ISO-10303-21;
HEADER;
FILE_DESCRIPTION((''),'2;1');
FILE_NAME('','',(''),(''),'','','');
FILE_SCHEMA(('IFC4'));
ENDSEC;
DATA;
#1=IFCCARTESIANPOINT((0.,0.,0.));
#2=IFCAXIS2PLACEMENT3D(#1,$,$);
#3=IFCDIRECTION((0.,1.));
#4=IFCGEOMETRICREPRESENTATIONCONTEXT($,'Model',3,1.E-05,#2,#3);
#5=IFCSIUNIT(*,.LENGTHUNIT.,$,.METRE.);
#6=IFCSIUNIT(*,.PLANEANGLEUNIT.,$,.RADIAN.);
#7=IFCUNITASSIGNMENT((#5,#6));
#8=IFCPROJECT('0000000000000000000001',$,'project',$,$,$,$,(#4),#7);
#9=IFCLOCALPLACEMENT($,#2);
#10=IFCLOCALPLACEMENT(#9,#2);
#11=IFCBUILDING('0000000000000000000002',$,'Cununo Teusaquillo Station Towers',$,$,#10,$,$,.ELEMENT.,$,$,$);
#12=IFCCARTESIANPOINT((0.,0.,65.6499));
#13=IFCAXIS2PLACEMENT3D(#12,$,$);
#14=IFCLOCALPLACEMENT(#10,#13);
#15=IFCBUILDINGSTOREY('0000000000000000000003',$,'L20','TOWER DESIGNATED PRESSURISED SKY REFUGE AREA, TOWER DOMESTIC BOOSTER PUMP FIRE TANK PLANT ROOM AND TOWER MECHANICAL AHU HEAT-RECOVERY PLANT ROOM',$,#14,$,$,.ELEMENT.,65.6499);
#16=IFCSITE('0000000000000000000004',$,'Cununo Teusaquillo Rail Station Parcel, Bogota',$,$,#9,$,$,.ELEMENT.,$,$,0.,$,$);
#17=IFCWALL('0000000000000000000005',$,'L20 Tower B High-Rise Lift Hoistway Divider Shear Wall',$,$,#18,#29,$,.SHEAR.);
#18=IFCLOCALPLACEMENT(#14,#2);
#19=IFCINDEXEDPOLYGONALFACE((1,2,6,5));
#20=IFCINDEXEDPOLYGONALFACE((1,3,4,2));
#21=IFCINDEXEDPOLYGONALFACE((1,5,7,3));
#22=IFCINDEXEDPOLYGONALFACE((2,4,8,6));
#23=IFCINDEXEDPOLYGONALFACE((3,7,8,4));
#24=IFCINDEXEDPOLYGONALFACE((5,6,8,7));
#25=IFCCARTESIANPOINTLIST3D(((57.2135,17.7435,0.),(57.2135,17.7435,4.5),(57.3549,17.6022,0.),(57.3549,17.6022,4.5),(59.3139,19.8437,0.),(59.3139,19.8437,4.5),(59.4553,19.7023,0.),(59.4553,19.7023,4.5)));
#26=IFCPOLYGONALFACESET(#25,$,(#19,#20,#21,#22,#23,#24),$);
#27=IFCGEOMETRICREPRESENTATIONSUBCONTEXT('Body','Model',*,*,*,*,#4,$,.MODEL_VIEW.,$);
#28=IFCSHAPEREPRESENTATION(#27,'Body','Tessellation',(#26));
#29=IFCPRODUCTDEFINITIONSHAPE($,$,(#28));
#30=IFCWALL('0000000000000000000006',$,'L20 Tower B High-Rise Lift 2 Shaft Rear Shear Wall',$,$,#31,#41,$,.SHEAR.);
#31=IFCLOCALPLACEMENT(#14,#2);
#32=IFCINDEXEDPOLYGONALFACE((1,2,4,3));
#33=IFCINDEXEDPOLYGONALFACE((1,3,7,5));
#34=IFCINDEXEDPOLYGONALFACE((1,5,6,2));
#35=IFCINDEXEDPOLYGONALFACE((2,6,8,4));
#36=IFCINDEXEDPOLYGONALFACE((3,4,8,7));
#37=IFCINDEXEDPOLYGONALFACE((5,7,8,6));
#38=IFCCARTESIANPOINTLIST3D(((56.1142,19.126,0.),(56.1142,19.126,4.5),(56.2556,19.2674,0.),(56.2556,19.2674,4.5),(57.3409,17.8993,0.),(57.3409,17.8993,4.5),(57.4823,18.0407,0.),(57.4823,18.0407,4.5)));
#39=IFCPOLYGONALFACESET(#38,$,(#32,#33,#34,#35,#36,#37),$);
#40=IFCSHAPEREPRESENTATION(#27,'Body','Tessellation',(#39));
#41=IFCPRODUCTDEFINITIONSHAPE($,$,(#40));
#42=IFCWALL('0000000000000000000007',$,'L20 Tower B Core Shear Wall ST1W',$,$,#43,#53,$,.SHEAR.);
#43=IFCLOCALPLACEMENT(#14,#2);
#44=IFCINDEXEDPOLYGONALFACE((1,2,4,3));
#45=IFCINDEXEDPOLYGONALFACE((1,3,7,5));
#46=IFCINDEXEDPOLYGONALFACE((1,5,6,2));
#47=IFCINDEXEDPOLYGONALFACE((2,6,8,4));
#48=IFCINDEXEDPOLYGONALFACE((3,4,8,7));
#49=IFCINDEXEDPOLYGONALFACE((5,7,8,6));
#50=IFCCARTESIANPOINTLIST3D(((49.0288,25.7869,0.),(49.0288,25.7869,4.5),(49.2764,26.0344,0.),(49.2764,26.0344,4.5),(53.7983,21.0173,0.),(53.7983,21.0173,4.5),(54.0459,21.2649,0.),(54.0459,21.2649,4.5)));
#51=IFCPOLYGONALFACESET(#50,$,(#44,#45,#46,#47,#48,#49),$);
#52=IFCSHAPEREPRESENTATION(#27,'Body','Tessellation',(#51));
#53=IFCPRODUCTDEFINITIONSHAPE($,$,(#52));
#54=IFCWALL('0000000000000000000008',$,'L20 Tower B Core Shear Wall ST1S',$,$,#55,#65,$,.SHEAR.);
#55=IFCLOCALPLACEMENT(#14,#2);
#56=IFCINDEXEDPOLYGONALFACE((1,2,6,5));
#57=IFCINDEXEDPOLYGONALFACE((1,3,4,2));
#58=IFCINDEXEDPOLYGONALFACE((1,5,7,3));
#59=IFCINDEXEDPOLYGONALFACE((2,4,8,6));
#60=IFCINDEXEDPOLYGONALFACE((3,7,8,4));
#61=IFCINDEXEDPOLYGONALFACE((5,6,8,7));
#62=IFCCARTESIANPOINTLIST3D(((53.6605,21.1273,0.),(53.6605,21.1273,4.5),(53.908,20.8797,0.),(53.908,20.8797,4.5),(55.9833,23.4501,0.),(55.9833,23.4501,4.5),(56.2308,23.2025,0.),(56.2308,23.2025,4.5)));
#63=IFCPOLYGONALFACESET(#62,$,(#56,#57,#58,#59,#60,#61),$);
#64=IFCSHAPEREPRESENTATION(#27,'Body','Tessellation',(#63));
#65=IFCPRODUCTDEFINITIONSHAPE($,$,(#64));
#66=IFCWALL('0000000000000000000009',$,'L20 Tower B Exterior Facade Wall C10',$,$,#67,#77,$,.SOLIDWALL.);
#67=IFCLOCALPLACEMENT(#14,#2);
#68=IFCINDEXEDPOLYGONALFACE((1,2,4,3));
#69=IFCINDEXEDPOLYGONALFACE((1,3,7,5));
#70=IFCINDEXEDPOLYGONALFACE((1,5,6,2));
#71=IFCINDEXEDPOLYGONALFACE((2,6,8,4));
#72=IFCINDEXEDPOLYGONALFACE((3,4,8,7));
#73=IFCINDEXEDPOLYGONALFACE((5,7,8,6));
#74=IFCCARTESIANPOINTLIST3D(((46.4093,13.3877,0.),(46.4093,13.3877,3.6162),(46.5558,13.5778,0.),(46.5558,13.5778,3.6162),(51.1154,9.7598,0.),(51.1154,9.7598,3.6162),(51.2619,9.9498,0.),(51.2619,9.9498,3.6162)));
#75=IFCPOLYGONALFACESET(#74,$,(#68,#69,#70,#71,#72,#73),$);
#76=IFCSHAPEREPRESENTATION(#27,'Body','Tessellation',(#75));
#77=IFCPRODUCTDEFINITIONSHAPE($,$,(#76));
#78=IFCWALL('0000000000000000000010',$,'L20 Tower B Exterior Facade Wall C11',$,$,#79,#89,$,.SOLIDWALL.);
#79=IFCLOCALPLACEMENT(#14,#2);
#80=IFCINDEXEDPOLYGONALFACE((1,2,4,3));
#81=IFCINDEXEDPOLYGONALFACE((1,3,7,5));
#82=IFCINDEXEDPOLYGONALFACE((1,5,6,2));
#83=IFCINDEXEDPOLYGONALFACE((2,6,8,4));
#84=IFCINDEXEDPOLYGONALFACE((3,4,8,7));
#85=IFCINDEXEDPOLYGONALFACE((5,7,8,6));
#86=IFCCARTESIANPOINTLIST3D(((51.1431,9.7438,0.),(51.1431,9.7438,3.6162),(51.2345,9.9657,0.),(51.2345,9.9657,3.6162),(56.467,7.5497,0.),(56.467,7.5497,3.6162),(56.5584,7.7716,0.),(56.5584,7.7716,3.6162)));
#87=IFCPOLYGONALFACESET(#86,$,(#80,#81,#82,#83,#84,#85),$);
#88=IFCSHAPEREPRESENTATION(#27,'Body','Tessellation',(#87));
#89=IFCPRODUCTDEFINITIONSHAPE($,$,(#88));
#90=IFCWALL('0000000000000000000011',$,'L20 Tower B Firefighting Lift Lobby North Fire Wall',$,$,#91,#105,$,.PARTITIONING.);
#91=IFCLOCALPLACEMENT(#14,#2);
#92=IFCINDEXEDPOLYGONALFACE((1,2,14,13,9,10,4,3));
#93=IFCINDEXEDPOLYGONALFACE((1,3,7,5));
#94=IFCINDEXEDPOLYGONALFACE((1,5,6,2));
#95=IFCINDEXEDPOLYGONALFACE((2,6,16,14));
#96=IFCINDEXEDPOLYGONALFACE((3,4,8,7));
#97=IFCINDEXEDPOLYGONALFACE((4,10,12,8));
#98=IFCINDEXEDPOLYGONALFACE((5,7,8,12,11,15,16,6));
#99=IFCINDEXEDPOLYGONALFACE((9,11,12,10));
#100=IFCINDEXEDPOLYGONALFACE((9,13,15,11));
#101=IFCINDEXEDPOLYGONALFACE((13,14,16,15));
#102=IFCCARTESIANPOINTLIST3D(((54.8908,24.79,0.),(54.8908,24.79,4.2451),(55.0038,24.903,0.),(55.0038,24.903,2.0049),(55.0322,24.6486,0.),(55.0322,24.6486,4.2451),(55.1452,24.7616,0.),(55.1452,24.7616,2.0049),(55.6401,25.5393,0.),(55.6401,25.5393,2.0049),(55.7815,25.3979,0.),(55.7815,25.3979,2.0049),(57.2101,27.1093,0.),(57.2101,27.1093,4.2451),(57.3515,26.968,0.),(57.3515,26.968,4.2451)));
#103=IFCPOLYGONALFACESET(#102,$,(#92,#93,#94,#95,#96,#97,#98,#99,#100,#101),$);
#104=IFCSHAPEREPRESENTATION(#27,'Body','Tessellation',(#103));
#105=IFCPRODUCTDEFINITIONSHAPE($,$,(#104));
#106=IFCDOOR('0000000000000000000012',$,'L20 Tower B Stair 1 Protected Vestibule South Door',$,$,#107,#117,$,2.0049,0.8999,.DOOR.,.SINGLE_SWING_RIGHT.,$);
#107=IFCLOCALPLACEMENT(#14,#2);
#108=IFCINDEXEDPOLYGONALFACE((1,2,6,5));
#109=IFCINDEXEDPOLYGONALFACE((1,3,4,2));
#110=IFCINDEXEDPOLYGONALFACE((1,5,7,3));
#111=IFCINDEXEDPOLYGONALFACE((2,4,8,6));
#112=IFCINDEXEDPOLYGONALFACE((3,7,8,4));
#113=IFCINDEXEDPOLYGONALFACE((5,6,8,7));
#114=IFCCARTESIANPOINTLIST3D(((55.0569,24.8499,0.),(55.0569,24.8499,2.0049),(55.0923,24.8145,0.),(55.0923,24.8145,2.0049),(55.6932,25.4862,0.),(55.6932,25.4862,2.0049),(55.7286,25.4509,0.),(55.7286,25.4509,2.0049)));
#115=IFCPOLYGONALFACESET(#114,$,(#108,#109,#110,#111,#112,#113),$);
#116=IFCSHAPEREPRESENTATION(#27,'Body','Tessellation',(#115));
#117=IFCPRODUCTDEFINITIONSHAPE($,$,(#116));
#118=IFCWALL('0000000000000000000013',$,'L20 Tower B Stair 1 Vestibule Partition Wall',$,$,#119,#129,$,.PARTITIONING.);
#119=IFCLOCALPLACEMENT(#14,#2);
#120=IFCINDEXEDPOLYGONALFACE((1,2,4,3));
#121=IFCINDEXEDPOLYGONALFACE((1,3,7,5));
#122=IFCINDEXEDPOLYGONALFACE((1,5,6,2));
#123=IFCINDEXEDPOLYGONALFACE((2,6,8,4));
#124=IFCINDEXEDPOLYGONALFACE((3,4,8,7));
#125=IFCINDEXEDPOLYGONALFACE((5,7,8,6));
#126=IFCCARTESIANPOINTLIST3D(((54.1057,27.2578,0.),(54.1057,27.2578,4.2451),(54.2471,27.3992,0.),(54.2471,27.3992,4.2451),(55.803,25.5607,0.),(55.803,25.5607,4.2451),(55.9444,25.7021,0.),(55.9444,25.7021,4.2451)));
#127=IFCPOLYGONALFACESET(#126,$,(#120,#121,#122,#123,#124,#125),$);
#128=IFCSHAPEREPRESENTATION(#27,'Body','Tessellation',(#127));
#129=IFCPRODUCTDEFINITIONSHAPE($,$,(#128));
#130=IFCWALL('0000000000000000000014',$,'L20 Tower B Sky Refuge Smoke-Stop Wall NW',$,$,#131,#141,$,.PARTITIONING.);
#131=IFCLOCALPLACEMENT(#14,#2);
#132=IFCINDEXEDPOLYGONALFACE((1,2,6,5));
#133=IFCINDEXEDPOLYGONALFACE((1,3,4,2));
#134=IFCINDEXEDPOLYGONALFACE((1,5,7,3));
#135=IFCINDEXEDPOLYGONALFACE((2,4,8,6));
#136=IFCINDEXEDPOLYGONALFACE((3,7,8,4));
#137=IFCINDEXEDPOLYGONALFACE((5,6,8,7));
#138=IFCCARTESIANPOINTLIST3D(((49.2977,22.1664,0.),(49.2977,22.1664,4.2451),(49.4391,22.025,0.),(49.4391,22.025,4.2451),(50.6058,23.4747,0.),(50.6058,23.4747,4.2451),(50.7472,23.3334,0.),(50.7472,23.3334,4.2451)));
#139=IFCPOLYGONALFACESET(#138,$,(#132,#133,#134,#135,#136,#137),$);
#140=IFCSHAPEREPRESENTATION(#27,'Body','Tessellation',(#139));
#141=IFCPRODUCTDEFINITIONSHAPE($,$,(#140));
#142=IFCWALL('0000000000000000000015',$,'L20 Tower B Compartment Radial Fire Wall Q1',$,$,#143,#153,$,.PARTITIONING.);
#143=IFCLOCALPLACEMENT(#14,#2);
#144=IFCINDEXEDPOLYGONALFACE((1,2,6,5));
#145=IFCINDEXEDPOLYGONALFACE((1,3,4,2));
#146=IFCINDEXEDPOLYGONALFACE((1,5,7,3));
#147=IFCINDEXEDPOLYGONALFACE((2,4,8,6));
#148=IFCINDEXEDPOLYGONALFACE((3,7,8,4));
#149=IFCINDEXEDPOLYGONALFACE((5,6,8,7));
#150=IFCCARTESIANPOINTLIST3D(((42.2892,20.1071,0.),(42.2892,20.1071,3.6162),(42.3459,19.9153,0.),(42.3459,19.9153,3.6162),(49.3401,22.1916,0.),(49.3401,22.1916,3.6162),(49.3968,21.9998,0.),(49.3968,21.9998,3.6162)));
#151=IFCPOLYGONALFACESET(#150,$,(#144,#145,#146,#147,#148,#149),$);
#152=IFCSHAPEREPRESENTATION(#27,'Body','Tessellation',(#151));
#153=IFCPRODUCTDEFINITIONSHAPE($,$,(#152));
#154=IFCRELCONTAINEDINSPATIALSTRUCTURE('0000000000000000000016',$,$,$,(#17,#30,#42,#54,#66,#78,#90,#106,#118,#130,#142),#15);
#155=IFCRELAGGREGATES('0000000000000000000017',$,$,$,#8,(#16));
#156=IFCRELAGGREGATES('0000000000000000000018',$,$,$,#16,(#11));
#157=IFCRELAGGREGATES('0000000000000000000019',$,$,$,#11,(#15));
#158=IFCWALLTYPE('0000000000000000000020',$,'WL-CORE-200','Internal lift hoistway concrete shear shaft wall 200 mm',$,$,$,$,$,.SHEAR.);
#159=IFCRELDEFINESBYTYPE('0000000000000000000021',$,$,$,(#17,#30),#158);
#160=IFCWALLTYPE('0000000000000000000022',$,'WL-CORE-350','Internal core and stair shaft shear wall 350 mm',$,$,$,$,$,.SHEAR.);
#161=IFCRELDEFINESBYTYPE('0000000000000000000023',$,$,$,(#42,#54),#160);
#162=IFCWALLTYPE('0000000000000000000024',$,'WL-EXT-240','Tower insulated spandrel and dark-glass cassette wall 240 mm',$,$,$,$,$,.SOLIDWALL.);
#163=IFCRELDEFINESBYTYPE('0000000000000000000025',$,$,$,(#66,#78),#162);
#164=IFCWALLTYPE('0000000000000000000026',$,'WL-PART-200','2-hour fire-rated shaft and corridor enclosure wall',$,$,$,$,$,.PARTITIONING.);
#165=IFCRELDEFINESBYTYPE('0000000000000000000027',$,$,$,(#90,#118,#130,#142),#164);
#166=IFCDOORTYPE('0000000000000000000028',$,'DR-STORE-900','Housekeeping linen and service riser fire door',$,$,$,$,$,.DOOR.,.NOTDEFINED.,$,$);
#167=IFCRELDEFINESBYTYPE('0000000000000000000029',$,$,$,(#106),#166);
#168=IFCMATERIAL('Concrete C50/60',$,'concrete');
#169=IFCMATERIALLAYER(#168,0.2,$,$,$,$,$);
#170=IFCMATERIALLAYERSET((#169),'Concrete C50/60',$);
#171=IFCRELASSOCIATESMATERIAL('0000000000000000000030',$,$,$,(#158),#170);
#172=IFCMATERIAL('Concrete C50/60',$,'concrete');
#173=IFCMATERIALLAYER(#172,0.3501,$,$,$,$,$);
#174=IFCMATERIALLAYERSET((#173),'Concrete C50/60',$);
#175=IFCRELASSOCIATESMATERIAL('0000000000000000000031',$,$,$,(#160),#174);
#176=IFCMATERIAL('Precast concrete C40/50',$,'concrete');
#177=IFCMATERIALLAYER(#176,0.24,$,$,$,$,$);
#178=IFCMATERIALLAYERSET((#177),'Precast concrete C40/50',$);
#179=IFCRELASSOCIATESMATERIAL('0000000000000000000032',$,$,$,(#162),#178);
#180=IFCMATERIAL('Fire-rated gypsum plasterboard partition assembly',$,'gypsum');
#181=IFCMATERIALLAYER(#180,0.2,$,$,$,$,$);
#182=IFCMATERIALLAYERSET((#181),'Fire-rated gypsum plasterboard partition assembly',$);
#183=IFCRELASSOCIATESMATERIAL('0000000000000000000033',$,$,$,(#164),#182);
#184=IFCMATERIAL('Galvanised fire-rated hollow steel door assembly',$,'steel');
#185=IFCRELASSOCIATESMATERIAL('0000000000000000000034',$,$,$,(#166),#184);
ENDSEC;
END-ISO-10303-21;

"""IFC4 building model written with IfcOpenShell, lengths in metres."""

from ifc_helpers import new_model, si_unit, direction, frame, frame_2d, origin, place, context, subcontext, project, spatial, rectangle, extrude, source, transform, mapped, material, layer, layer_set, type_object, element, fill, save


model = new_model("IFC4")

# Units and contexts
model_context = context("Model", 3, precision=1e-05, world=origin(), true_north=direction((0.0, 1.0)))
body_context = subcontext(model_context, "Body", "Model", "MODEL_VIEW")
ifc_project = project(units=[si_unit("LENGTHUNIT", "METRE"), si_unit("PLANEANGLEUNIT", "RADIAN")], contexts=[model_context])

# Site, building, storey
site_placement = place(None, origin())
site = spatial("IfcSite", under=ifc_project, at=site_placement, Name="Cununo Teusaquillo Rail Station Parcel, Bogota", CompositionType="ELEMENT", RefElevation=0.0)
building_placement = place(site_placement, origin())
building = spatial("IfcBuilding", under=site, at=building_placement, Name="Cununo Teusaquillo Station Towers", CompositionType="ELEMENT")
storey_placement = place(building_placement, frame((0.0, 0.0, 65.6499)))
storey = spatial("IfcBuildingStorey", under=building, at=storey_placement, Name="L20", Description="TOWER DESIGNATED PRESSURISED SKY REFUGE AREA, TOWER DOMESTIC BOOSTER PUMP FIRE TANK PLANT ROOM AND TOWER MECHANICAL AHU HEAT-RECOVERY PLANT ROOM", CompositionType="ELEMENT", Elevation=65.6499)

# Walls
ifc_material_1 = material(Name="Concrete C50/60", Category="concrete")
ifc_layer_1 = layer(ifc_material_1, 0.2)
ifc_layer_set_1 = layer_set([ifc_layer_1], Name="Concrete C50/60")
wall_type_1 = type_object("IfcWallType", Name="WL-CORE-200", Description="Internal lift hoistway concrete shear shaft wall 200 mm", PredefinedType="SHEAR", material=ifc_layer_set_1)
wall_1_placement = place(storey_placement, frame((57.2842, 17.6729, 0.0), z_axis=(0.0, 0.0, 1.0), x_axis=(0.707148, 0.707066, 0.0)))
element("IfcWall", 1, at=wall_1_placement, inside=storey, type_object=wall_type_1, Name="L20 Tower B High-Rise Lift Hoistway Divider Shear Wall", PredefinedType="SHEAR", context=body_context, shape_type="SweptSolid", body=[
    extrude(rectangle(XDim=2.9702, YDim=0.2, at=frame_2d((1.4851, 0.0))), origin(), (0.0, 0.0, 1.0), 4.5),
])
wall_2_placement = place(storey_placement, frame((57.4116, 17.97, 0.0), z_axis=(0.0, 0.0, 1.0), x_axis=(-0.707107, 0.707107, 0.0)))
element("IfcWall", 2, at=wall_2_placement, inside=storey, type_object=wall_type_1, Name="L20 Tower B High-Rise Lift 2 Shaft Rear Shear Wall", PredefinedType="SHEAR", context=body_context, shape_type="SweptSolid", body=[
    extrude(rectangle(XDim=1.7349, YDim=0.2, at=frame_2d((0.8674, 0.0))), origin(), (0.0, 0.0, 1.0), 4.5),
])
ifc_material_2 = material(Name="Concrete C50/60", Category="concrete")
ifc_layer_2 = layer(ifc_material_2, 0.3501)
ifc_layer_set_2 = layer_set([ifc_layer_2], Name="Concrete C50/60")
wall_type_2 = type_object("IfcWallType", Name="WL-CORE-350", Description="Internal core and stair shaft shear wall 350 mm", PredefinedType="SHEAR", material=ifc_layer_set_2)
wall_3_placement = place(storey_placement, frame((53.9221, 21.1411, 0.0), z_axis=(0.0, 0.0, 1.0), x_axis=(-0.707107, 0.707107, 0.0)))
element("IfcWall", 3, at=wall_3_placement, inside=storey, type_object=wall_type_2, Name="L20 Tower B Core Shear Wall ST1W", PredefinedType="SHEAR", context=body_context, shape_type="SweptSolid", body=[
    extrude(rectangle(XDim=6.7451, YDim=0.3501, at=frame_2d((3.3726, 0.0))), origin(), (0.0, 0.0, 1.0), 4.5),
])
wall_4_placement = place(storey_placement, frame((53.7842, 21.0034, 0.0), z_axis=(0.0, 0.0, 1.0), x_axis=(0.707107, 0.707107, 0.0)))
element("IfcWall", 4, at=wall_4_placement, inside=storey, type_object=wall_type_2, Name="L20 Tower B Core Shear Wall ST1S", PredefinedType="SHEAR", context=body_context, shape_type="SweptSolid", body=[
    extrude(rectangle(XDim=3.2849, YDim=0.3501, at=frame_2d((1.6426, 0.0))), origin(), (0.0, 0.0, 1.0), 4.5),
])
ifc_material_3 = material(Name="Precast concrete C40/50", Category="concrete")
ifc_layer_3 = layer(ifc_material_3, 0.24)
ifc_layer_set_3 = layer_set([ifc_layer_3], Name="Precast concrete C40/50")
wall_type_3 = type_object("IfcWallType", Name="WL-EXT-240", Description="Tower insulated spandrel and dark-glass cassette wall 240 mm", PredefinedType="SOLIDWALL", material=ifc_layer_set_3)
wall_5_placement = place(storey_placement, frame((51.1887, 9.8547, 0.0), z_axis=(0.0, 0.0, 1.0), x_axis=(-0.791982, 0.610544, 0.0)))
element("IfcWall", 5, at=wall_5_placement, inside=storey, type_object=wall_type_3, Name="L20 Tower B Exterior Facade Wall C10", PredefinedType="SOLIDWALL", context=body_context, shape_type="SweptSolid", body=[
    extrude(rectangle(XDim=5.9421, YDim=0.24, at=frame_2d((2.9712, 0.0))), origin(), (0.0, 0.0, 1.0), 3.6162),
])
wall_6_placement = place(storey_placement, frame((56.5127, 7.6606, 0.0), z_axis=(0.0, 0.0, 1.0), x_axis=(-0.924564, 0.381027, 0.0)))
element("IfcWall", 6, at=wall_6_placement, inside=storey, type_object=wall_type_3, Name="L20 Tower B Exterior Facade Wall C11", PredefinedType="SOLIDWALL", context=body_context, shape_type="SweptSolid", body=[
    extrude(rectangle(XDim=5.7583, YDim=0.24, at=frame_2d((2.8792, 0.0))), origin(), (0.0, 0.0, 1.0), 3.6162),
])

# Wall, opening, door
ifc_material_4 = material(Name="Fire-rated gypsum plasterboard partition assembly", Category="gypsum")
ifc_layer_4 = layer(ifc_material_4, 0.2)
ifc_layer_set_4 = layer_set([ifc_layer_4], Name="Fire-rated gypsum plasterboard partition assembly")
wall_type_4 = type_object("IfcWallType", Name="WL-PART-200", Description="2-hour fire-rated shaft and corridor enclosure wall", PredefinedType="PARTITIONING", material=ifc_layer_set_4)
wall_7_placement = place(storey_placement, frame((54.9614, 24.7192, 0.0), z_axis=(0.0, 0.0, 1.0), x_axis=(0.707107, 0.707107, 0.0)))
wall_7 = element("IfcWall", 7, at=wall_7_placement, inside=storey, type_object=wall_type_4, Name="L20 Tower B Firefighting Lift Lobby North Fire Wall", PredefinedType="PARTITIONING", context=body_context, shape_type="SweptSolid", body=[
    extrude(rectangle(XDim=3.28, YDim=0.2, at=frame_2d((1.6401, 0.0))), origin(), (0.0, 0.0, 1.0), 4.2451),
])
shared_shape_1 = source(origin(), body_context, "Body", "SweptSolid", [
    extrude(rectangle(XDim=0.8999, YDim=2.0049, at=frame_2d((0.45, 1.0024))), frame((0.0, 0.1099, 0.0), z_axis=(0.0, -1.0, 0.0), x_axis=(1.0, 0.0, 0.0)), (0.0, 0.0, 1.0), 0.22),
])
opening_placement = place(wall_7_placement, frame((0.1599, 0.0, 0.0)))
opening = element("IfcOpeningElement", 8, at=opening_placement, cuts=wall_7, PredefinedType="OPENING", context=body_context, shape_type="MappedRepresentation", body=[
    mapped(shared_shape_1, transform((0.0, 0.0, 0.0), x_axis=(1.0, 0.0, 0.0), y_axis=(0.0, 1.0, 0.0), z_axis=(0.0, 0.0, 1.0), scale=1.0)),
])
ifc_material_5 = material(Name="Galvanised fire-rated hollow steel door assembly", Category="steel")
door_type = type_object("IfcDoorType", Name="DR-STORE-900", Description="Housekeeping linen and service riser fire door", OperationType="NOTDEFINED", PredefinedType="DOOR", material=ifc_material_5)
shared_shape_2 = source(origin(), body_context, "Body", "SweptSolid", [
    extrude(rectangle(XDim=0.8999, YDim=2.0049, at=frame_2d((0.45, 1.0024))), frame((0.0, 0.0249, 0.0), z_axis=(0.0, -1.0, 0.0), x_axis=(1.0, 0.0, 0.0)), (0.0, 0.0, 1.0), 0.05),
])
door_placement = place(opening_placement, origin())
door = element("IfcDoor", 9, at=door_placement, inside=storey, type_object=door_type, Name="L20 Tower B Stair 1 Protected Vestibule South Door", OperationType="SINGLE_SWING_RIGHT", OverallHeight=2.0049, OverallWidth=0.8999, PredefinedType="DOOR", context=body_context, shape_type="MappedRepresentation", body=[
    mapped(shared_shape_2, transform((0.0, 0.0, 0.0), x_axis=(1.0, 0.0, 0.0), y_axis=(0.0, 1.0, 0.0), z_axis=(0.0, 0.0, 1.0), scale=1.0)),
])
fill(opening, door)

# Walls
wall_8_placement = place(storey_placement, frame((55.8738, 25.6313, 0.0), z_axis=(0.0, 0.0, 1.0), x_axis=(-0.707158, 0.707056, 0.0)))
element("IfcWall", 10, at=wall_8_placement, inside=storey, type_object=wall_type_4, Name="L20 Tower B Stair 1 Vestibule Partition Wall", PredefinedType="PARTITIONING", context=body_context, shape_type="SweptSolid", body=[
    extrude(rectangle(XDim=2.4001, YDim=0.2, at=frame_2d((1.2002, 0.0))), origin(), (0.0, 0.0, 1.0), 4.2451),
])
wall_9_placement = place(storey_placement, frame((49.3684, 22.0957, 0.0), z_axis=(0.0, 0.0, 1.0), x_axis=(0.707041, 0.707173, 0.0)))
element("IfcWall", 11, at=wall_9_placement, inside=storey, type_object=wall_type_4, Name="L20 Tower B Sky Refuge Smoke-Stop Wall NW", PredefinedType="PARTITIONING", context=body_context, shape_type="SweptSolid", body=[
    extrude(rectangle(XDim=1.8501, YDim=0.2, at=frame_2d((0.925, 0.0))), origin(), (0.0, 0.0, 1.0), 4.2451),
])
wall_10_placement = place(storey_placement, frame((49.3684, 22.0957, 0.0), z_axis=(0.0, 0.0, 1.0), x_axis=(-0.95897, -0.283507, 0.0)))
element("IfcWall", 12, at=wall_10_placement, inside=storey, type_object=wall_type_4, Name="L20 Tower B Compartment Radial Fire Wall Q1", PredefinedType="PARTITIONING", context=body_context, shape_type="SweptSolid", body=[
    extrude(rectangle(XDim=7.3525, YDim=0.2, at=frame_2d((3.6763, 0.0))), origin(), (0.0, 0.0, 1.0), 3.6162),
])

save(model, "model.ifc")
